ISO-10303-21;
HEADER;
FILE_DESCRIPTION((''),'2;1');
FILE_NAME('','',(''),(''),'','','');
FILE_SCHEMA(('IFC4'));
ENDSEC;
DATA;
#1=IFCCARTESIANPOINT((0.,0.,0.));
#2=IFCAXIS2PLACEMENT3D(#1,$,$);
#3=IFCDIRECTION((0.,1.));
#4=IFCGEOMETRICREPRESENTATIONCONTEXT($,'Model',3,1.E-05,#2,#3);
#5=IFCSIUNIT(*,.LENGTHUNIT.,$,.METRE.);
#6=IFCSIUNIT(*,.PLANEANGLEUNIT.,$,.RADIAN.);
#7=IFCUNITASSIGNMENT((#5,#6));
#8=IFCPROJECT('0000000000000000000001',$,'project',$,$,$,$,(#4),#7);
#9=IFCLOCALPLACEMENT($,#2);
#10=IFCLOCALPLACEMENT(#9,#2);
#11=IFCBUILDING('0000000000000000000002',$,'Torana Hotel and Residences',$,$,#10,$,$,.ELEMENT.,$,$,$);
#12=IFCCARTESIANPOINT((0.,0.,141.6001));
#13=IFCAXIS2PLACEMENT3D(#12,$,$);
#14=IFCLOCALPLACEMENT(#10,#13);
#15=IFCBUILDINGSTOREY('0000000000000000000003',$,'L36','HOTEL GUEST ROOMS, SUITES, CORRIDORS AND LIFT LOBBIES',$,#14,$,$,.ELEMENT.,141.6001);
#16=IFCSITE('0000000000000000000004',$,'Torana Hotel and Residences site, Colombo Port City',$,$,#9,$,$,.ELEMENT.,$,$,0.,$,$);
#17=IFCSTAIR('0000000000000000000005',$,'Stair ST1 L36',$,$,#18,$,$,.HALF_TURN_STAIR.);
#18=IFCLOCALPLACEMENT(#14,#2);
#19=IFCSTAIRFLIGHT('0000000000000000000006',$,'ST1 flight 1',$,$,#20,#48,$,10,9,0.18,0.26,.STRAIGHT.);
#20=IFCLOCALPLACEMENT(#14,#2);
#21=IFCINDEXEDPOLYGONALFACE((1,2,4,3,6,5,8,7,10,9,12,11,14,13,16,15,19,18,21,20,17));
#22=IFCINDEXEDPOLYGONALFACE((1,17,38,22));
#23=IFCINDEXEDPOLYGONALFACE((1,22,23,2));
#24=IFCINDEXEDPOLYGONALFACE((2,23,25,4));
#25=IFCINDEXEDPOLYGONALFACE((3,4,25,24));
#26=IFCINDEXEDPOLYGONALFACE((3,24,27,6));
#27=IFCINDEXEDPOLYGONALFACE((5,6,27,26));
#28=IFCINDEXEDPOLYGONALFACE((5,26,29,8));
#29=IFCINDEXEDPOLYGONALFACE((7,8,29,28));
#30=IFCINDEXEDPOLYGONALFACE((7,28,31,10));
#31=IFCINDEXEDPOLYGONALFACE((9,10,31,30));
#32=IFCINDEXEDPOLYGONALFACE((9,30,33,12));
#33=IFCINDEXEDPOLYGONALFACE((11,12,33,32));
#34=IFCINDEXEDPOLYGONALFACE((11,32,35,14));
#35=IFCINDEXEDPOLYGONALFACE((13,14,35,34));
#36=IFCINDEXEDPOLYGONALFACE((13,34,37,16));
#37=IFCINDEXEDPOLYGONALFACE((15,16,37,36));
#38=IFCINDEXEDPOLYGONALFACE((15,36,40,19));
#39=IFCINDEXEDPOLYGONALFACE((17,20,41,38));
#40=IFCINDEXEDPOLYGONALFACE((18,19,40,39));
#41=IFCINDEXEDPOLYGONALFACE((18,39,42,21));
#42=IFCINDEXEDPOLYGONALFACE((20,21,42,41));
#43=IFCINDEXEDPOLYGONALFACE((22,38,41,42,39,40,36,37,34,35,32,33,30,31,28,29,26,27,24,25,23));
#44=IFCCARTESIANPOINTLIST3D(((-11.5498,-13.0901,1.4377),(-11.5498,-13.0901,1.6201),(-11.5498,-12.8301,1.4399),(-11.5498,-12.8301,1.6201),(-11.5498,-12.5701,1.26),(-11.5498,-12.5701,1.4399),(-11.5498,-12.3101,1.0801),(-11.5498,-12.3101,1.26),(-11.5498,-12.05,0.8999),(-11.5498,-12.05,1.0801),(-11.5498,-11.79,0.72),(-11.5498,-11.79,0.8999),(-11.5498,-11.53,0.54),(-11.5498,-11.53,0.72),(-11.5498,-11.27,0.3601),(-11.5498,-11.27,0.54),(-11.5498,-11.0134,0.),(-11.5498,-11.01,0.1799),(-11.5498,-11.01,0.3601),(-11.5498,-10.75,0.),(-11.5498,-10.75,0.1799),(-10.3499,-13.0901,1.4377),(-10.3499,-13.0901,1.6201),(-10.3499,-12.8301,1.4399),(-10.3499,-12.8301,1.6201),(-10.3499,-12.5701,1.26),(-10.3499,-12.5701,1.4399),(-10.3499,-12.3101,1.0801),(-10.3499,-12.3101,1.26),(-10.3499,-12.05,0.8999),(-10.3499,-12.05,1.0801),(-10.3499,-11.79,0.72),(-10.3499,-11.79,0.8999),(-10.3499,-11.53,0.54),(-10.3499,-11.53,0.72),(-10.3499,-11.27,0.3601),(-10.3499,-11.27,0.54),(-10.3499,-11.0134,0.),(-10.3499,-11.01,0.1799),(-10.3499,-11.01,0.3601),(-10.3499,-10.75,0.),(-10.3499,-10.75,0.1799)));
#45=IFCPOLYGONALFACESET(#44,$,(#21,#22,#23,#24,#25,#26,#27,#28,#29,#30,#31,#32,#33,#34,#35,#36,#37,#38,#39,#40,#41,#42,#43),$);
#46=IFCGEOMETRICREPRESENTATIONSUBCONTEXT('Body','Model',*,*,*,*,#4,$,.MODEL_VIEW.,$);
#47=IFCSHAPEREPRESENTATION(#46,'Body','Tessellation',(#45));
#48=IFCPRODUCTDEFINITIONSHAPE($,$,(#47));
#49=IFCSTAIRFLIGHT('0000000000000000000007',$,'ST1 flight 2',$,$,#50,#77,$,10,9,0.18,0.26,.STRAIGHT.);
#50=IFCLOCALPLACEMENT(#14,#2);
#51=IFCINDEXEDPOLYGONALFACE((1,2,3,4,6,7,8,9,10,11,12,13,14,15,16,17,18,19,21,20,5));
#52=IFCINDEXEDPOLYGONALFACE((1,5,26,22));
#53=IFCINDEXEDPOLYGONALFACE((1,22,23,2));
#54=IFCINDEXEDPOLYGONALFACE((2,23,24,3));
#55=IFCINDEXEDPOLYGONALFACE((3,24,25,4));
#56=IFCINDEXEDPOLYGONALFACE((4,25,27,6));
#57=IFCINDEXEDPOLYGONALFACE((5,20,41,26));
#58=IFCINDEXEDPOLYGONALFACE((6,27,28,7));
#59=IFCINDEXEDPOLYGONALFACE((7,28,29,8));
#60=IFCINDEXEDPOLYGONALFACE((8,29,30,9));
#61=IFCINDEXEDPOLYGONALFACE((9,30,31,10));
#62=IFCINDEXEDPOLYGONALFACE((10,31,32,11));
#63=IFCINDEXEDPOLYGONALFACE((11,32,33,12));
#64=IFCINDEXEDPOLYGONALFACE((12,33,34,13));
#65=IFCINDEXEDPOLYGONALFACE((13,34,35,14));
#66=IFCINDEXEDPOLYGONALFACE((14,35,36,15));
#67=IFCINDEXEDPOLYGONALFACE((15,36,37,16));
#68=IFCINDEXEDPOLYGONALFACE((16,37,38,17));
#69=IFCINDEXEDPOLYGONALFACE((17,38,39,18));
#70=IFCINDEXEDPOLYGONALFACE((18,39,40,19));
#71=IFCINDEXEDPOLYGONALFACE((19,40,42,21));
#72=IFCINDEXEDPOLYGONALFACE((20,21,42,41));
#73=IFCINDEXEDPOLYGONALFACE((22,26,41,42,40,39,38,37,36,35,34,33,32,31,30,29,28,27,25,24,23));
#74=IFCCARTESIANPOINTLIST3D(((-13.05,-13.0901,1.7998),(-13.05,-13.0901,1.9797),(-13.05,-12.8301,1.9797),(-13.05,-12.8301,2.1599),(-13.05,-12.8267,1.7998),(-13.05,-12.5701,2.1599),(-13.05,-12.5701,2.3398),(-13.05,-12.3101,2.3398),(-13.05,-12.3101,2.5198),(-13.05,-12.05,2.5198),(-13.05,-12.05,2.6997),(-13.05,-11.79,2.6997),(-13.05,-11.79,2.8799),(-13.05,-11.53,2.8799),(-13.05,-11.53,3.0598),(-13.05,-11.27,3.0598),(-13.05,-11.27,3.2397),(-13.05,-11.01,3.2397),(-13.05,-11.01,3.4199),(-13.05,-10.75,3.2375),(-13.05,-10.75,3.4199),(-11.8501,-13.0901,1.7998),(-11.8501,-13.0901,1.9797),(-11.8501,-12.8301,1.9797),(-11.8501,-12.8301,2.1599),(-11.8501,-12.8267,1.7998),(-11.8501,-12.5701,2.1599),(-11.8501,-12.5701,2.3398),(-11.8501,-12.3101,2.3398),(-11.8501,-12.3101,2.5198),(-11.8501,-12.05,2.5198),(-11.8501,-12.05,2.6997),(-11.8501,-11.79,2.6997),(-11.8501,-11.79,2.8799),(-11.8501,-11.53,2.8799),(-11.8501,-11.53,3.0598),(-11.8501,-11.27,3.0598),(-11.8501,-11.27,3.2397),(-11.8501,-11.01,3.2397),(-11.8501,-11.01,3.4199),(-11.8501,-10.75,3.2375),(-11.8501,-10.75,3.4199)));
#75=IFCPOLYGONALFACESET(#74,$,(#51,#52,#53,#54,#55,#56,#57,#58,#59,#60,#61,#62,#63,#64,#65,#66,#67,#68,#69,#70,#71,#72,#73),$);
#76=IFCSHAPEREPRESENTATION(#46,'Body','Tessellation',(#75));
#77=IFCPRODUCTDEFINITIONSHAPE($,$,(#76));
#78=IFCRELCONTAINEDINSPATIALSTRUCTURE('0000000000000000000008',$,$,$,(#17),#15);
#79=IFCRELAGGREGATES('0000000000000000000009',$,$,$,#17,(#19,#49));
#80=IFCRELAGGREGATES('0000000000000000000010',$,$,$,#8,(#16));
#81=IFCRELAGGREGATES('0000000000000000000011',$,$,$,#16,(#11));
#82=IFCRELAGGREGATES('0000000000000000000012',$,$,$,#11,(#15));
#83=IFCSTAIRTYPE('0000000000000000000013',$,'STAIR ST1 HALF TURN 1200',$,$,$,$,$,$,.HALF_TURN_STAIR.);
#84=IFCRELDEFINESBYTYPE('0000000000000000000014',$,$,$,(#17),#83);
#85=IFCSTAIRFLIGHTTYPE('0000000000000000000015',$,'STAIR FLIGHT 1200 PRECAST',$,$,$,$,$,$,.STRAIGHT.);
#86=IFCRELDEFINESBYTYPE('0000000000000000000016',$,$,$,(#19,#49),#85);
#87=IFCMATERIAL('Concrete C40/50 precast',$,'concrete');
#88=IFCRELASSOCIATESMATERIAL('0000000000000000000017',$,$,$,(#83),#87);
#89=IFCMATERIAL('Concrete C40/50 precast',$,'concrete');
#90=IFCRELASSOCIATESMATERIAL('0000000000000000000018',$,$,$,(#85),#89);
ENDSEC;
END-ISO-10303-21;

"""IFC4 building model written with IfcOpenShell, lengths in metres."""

from ifc_helpers import new_model, si_unit, direction, frame, origin, place, context, subcontext, project, spatial, polyline, outline, extrude, material, type_object, element, aggregate, save


model = new_model("IFC4")

# Units and contexts
model_context = context("Model", 3, precision=1e-05, world=origin(), true_north=direction((0.0, 1.0)))
body_context = subcontext(model_context, "Body", "Model", "MODEL_VIEW")
ifc_project = project(units=[si_unit("LENGTHUNIT", "METRE"), si_unit("PLANEANGLEUNIT", "RADIAN")], contexts=[model_context])

# Site, building, storey
site_placement = place(None, origin())
site = spatial("IfcSite", under=ifc_project, at=site_placement, Name="Torana Hotel and Residences site, Colombo Port City", CompositionType="ELEMENT", RefElevation=0.0)
building_placement = place(site_placement, origin())
building = spatial("IfcBuilding", under=site, at=building_placement, Name="Torana Hotel and Residences", CompositionType="ELEMENT")
storey_placement = place(building_placement, frame((0.0, 0.0, 141.6001)))
storey = spatial("IfcBuildingStorey", under=building, at=storey_placement, Name="L36", Description="HOTEL GUEST ROOMS, SUITES, CORRIDORS AND LIFT LOBBIES", CompositionType="ELEMENT", Elevation=141.6001)

# Stair, stair flights
ifc_material_1 = material(Name="Concrete C40/50 precast", Category="concrete")
stair_type = type_object("IfcStairType", Name="STAIR ST1 HALF TURN 1200", PredefinedType="HALF_TURN_STAIR", material=ifc_material_1)
stair_placement = place(storey_placement, origin())
stair = element("IfcStair", 1, at=stair_placement, inside=storey, type_object=stair_type, Name="Stair ST1 L36", PredefinedType="HALF_TURN_STAIR")
ifc_material_2 = material(Name="Concrete C40/50 precast", Category="concrete")
stair_flight_type = type_object("IfcStairFlightType", Name="STAIR FLIGHT 1200 PRECAST", PredefinedType="STRAIGHT", material=ifc_material_2)
stair_flight_1_placement = place(storey_placement, frame((-10.95, -10.75, 0.0), z_axis=(0.0, 0.0, 1.0), x_axis=(0.0, -1.0, 0.0)))
stair_flight_1 = element("IfcStairFlight", 2, at=stair_flight_1_placement, type_object=stair_flight_type, Name="ST1 flight 1", NumberOfRisers=10, NumberOfTreads=9, PredefinedType="STRAIGHT", RiserHeight=0.18, TreadLength=0.26, context=body_context, shape_type="SweptSolid", body=[
    extrude(outline(polyline([(0.0, 0.0), (0.0, 0.1799), (0.26, 0.1799), (0.26, 0.3601), (0.52, 0.3601), (0.52, 0.54), (0.78, 0.54), (0.78, 0.72), (1.04, 0.72), (1.04, 0.8999), (1.3, 0.8999), (1.3, 1.0801), (1.5601, 1.0801), (1.5601, 1.26), (1.8201, 1.26), (1.8201, 1.4399), (2.0801, 1.4399), (2.0801, 1.6201), (2.3401, 1.6201), (2.3401, 1.8), (2.3401, 1.4377), (0.2634, 0.0), (0.0, 0.0)])), frame((0.0, 0.6001, 0.0), z_axis=(0.0, -1.0, 0.0), x_axis=(1.0, 0.0, 0.0)), (0.0, 0.0, 1.0), 1.2),
])
stair_flight_2_placement = place(storey_placement, frame((-12.45, -13.0901, 1.7998), z_axis=(0.0, 0.0, 1.0), x_axis=(0.0, 1.0, 0.0)))
stair_flight_2 = element("IfcStairFlight", 3, at=stair_flight_2_placement, type_object=stair_flight_type, Name="ST1 flight 2", NumberOfRisers=10, NumberOfTreads=9, PredefinedType="STRAIGHT", RiserHeight=0.18, TreadLength=0.26, context=body_context, shape_type="SweptSolid", body=[
    extrude(outline(polyline([(0.0, 0.0), (0.0, 0.1799), (0.26, 0.1799), (0.26, 0.3601), (0.52, 0.3601), (0.52, 0.54), (0.78, 0.54), (0.78, 0.72), (1.04, 0.72), (1.04, 0.8999), (1.3, 0.8999), (1.3, 1.0801), (1.5601, 1.0801), (1.5601, 1.26), (1.8201, 1.26), (1.8201, 1.4399), (2.0801, 1.4399), (2.0801, 1.6201), (2.3401, 1.6201), (2.3401, 1.8), (2.3401, 1.4377), (0.2634, 0.0), (0.0, 0.0)])), frame((0.0, 0.6001, 0.0), z_axis=(0.0, -1.0, 0.0), x_axis=(1.0, 0.0, 0.0)), (0.0, 0.0, 1.0), 1.2),
])
aggregate(stair, [stair_flight_1, stair_flight_2])

save(model, "model.ifc")
